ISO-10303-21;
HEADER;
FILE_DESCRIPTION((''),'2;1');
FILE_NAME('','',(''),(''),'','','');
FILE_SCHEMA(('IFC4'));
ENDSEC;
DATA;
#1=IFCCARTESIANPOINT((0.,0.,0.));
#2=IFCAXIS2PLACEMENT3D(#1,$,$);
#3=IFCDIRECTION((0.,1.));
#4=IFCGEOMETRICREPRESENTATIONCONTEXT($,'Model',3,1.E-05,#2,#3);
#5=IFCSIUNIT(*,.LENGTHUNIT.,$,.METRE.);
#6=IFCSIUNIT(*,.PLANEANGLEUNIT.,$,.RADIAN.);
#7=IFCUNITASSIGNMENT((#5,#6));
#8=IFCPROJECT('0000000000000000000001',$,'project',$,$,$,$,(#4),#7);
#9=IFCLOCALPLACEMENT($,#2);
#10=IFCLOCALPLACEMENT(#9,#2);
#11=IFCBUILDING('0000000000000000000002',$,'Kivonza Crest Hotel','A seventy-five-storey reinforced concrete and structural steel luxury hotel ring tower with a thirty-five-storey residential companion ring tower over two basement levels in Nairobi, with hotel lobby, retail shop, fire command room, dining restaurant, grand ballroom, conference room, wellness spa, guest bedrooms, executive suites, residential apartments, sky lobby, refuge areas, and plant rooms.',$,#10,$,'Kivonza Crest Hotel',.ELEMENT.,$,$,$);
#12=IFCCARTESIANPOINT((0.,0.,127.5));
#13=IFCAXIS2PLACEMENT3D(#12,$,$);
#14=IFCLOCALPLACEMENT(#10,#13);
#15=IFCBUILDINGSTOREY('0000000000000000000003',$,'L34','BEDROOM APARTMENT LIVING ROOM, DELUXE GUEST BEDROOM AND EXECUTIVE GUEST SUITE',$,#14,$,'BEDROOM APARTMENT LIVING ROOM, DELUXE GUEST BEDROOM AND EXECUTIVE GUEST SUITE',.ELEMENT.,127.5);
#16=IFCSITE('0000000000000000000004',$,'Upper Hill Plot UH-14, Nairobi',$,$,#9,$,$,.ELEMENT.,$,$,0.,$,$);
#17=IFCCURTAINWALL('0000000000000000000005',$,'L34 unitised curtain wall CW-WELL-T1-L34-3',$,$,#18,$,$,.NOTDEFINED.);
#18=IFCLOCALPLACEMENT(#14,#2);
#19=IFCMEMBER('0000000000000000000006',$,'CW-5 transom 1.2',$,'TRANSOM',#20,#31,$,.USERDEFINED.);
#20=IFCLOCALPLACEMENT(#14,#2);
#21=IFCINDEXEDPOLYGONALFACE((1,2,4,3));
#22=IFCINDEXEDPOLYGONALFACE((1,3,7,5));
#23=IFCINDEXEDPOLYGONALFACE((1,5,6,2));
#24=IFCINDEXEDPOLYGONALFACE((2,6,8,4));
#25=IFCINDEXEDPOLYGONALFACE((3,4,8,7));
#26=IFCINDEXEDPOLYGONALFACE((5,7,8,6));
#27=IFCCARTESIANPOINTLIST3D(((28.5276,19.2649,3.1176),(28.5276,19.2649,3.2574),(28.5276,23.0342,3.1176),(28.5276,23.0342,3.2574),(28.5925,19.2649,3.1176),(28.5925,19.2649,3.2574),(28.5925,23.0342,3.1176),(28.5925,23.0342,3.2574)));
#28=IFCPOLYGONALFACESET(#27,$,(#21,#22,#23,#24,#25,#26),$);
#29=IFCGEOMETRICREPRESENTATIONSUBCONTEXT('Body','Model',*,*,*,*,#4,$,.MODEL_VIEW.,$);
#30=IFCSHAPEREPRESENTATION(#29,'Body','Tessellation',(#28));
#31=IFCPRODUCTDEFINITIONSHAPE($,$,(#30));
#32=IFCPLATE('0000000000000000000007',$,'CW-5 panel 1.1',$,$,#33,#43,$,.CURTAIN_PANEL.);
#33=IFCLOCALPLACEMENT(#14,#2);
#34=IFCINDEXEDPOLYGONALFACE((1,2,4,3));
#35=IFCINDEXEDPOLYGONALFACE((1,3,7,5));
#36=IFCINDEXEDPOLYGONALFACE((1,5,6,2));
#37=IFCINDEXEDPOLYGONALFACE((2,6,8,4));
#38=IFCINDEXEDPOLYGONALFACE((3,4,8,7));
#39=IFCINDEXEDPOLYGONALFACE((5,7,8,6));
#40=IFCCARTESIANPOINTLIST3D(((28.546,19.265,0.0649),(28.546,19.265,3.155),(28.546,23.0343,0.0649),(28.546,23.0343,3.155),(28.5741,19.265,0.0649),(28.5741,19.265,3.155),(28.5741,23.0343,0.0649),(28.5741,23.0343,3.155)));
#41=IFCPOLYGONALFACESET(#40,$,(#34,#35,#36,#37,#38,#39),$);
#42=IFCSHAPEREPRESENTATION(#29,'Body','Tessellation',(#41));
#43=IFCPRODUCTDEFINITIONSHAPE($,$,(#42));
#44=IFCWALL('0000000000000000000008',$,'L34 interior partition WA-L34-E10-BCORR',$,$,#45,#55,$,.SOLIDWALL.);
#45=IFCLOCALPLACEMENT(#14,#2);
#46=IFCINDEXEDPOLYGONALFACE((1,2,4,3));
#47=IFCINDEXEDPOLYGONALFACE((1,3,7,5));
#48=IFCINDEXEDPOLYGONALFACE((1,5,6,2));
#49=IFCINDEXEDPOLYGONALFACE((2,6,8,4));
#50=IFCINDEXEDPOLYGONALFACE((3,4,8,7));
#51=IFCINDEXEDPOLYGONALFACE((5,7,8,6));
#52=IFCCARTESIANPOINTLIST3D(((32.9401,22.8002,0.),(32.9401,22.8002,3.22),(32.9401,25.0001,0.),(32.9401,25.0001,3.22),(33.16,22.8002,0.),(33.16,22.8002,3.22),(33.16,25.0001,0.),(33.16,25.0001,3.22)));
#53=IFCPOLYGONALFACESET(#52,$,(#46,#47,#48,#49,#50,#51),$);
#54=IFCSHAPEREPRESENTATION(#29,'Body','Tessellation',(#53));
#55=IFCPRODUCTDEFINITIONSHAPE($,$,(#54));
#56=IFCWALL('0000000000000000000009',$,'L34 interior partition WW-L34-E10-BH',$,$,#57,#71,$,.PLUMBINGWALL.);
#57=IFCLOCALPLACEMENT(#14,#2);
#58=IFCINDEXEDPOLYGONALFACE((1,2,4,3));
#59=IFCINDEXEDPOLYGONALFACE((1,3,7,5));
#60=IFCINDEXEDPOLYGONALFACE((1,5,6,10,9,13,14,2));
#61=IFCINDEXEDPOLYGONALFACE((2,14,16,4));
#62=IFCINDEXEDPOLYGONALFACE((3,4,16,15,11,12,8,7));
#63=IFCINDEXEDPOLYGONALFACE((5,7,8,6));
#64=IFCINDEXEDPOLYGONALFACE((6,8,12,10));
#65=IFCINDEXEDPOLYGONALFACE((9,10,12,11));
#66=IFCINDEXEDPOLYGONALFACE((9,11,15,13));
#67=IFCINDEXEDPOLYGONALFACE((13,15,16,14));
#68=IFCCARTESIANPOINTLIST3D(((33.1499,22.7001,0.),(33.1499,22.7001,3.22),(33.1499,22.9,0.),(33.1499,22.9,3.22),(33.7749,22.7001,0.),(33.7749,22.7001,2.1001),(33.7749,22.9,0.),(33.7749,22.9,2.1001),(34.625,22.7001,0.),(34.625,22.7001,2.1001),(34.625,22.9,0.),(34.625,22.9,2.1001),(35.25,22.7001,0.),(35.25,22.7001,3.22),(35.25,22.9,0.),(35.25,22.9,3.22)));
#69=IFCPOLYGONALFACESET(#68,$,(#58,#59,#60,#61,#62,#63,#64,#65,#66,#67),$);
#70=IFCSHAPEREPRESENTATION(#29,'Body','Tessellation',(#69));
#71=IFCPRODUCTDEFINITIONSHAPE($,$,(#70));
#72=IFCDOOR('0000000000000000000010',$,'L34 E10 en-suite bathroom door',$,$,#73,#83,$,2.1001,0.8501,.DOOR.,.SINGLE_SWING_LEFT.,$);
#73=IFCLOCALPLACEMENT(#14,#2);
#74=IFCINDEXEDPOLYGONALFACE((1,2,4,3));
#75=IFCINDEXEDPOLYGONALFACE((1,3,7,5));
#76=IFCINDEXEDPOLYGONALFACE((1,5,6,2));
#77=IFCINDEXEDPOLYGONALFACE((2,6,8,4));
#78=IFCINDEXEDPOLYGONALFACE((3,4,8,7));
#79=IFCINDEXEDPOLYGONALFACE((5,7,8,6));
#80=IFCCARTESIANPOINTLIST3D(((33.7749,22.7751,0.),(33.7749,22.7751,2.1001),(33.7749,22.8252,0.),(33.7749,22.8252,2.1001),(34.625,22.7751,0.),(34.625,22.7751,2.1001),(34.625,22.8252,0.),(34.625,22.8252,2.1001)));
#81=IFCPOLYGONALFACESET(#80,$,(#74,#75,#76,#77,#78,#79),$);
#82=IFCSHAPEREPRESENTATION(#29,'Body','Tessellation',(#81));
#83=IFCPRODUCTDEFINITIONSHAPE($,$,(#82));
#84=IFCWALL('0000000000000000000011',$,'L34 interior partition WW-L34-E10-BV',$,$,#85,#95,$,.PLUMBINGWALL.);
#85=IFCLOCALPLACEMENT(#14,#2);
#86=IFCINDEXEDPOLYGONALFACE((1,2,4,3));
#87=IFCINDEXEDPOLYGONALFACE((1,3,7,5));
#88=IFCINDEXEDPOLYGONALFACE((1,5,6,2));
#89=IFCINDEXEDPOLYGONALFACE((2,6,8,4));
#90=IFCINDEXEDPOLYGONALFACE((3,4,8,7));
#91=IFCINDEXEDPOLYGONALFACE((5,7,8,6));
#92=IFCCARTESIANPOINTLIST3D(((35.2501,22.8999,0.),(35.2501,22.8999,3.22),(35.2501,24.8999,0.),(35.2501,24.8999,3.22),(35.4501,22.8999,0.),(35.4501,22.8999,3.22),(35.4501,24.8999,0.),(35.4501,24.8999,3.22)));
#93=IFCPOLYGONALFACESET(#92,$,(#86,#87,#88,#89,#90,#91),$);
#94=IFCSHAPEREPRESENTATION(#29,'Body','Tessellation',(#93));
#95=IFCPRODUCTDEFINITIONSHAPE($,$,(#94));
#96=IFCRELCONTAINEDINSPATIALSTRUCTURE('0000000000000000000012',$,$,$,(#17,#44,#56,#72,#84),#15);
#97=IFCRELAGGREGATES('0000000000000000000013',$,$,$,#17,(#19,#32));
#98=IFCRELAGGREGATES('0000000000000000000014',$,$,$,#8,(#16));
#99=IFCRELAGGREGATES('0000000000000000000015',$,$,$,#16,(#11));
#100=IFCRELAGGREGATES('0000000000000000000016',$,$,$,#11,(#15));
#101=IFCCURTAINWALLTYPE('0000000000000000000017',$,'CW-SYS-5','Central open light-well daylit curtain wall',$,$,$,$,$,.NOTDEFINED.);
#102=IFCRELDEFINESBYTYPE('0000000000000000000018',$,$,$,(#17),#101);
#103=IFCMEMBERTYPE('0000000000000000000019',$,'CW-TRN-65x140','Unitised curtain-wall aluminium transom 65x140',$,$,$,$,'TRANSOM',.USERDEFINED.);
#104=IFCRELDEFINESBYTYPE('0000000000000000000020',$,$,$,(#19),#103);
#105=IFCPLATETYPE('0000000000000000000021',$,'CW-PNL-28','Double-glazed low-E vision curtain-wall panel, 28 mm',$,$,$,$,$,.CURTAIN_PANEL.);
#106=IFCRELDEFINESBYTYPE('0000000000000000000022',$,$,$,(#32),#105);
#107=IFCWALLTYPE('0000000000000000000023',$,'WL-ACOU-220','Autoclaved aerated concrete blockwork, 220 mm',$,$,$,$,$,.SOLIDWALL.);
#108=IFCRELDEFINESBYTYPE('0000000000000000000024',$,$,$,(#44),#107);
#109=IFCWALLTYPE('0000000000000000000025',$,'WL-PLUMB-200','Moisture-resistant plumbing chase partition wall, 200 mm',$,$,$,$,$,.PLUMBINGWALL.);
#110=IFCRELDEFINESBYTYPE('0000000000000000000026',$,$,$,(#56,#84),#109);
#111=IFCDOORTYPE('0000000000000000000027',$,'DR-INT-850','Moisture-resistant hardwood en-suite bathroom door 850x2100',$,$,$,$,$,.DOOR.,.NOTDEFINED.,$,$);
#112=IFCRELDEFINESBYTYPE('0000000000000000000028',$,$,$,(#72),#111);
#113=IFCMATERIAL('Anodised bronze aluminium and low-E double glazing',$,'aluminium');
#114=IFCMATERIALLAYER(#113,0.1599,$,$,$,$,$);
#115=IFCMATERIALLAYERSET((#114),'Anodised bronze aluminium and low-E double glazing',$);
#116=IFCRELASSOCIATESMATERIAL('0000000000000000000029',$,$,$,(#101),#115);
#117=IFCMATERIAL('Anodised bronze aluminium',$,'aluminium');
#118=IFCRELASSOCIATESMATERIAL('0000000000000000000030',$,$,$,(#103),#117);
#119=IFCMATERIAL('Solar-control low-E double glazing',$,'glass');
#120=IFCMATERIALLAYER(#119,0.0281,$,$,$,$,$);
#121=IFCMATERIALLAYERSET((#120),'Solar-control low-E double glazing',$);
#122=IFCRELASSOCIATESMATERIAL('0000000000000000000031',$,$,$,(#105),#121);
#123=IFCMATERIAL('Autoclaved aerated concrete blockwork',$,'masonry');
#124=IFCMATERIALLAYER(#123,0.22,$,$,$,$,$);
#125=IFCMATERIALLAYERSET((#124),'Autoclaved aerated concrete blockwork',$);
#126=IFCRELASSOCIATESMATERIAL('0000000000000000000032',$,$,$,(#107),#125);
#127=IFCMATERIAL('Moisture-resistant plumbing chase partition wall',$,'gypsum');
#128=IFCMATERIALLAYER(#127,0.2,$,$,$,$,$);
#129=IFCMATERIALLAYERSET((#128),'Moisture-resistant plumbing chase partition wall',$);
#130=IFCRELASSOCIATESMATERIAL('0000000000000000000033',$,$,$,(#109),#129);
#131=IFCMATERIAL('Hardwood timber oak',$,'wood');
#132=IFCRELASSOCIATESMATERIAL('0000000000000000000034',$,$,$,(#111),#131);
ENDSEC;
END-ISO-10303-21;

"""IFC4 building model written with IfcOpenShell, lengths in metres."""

from ifc_helpers import new_model, si_unit, direction, frame, frame_2d, origin, origin_2d, place, context, subcontext, project, spatial, rectangle, extrude, material, layer, layer_set, material_profile, profile_set, type_object, element, fill, aggregate, save


model = new_model("IFC4")

# Units and contexts
model_context = context("Model", 3, precision=1e-05, world=origin(), true_north=direction((0.0, 1.0)))
body_context = subcontext(model_context, "Body", "Model", "MODEL_VIEW")
ifc_project = project(units=[si_unit("LENGTHUNIT", "METRE"), si_unit("PLANEANGLEUNIT", "RADIAN")], contexts=[model_context])

# Site, building, storey
site_placement = place(None, origin())
site = spatial("IfcSite", under=ifc_project, at=site_placement, Name="Upper Hill Plot UH-14, Nairobi", CompositionType="ELEMENT", RefElevation=0.0)
building_placement = place(site_placement, origin())
building = spatial("IfcBuilding", under=site, at=building_placement, Name="Kivonza Crest Hotel", Description="A seventy-five-storey reinforced concrete and structural steel luxury hotel ring tower with a thirty-five-storey residential companion ring tower over two basement levels in Nairobi, with hotel lobby, retail shop, fire command room, dining restaurant, grand ballroom, conference room, wellness spa, guest bedrooms, executive suites, residential apartments, sky lobby, refuge areas, and plant rooms.", LongName="Kivonza Crest Hotel", CompositionType="ELEMENT")
storey_placement = place(building_placement, frame((0.0, 0.0, 127.5)))
storey = spatial("IfcBuildingStorey", under=building, at=storey_placement, Name="L34", Description="BEDROOM APARTMENT LIVING ROOM, DELUXE GUEST BEDROOM AND EXECUTIVE GUEST SUITE", LongName="BEDROOM APARTMENT LIVING ROOM, DELUXE GUEST BEDROOM AND EXECUTIVE GUEST SUITE", CompositionType="ELEMENT", Elevation=127.5)

# Curtain wall, member, plate
ifc_material_1 = material(Name="Anodised bronze aluminium and low-E double glazing", Category="aluminium")
ifc_layer_1 = layer(ifc_material_1, 0.1599)
ifc_layer_set_1 = layer_set([ifc_layer_1], Name="Anodised bronze aluminium and low-E double glazing")
curtain_wall_type = type_object("IfcCurtainWallType", Name="CW-SYS-5", Description="Central open light-well daylit curtain wall", PredefinedType="NOTDEFINED", material=ifc_layer_set_1)
curtain_wall_placement = place(storey_placement, origin())
curtain_wall = element("IfcCurtainWall", 1, at=curtain_wall_placement, inside=storey, type_object=curtain_wall_type, Name="L34 unitised curtain wall CW-WELL-T1-L34-3", PredefinedType="NOTDEFINED")
ifc_material_2 = material(Name="Anodised bronze aluminium", Category="aluminium")
ifc_material_profile_1 = material_profile(ifc_material_2, rectangle(XDim=0.0649, YDim=0.1399, at=origin_2d()), Name="CW-T 65x140")
ifc_profile_set_1 = profile_set([ifc_material_profile_1], Name="Anodised bronze aluminium")
member_type_1 = type_object("IfcMemberType", Name="CW-TRN-65x140", Description="Unitised curtain-wall aluminium transom 65x140", ElementType="TRANSOM", PredefinedType="USERDEFINED", material=ifc_profile_set_1)
member_1_placement = place(storey_placement, frame((28.5601, 19.2649, 3.1875), z_axis=(0.0, 1.0, 0.0), x_axis=(-1.0, 0.0, 0.0)))
member_1 = element("IfcMember", 2, at=member_1_placement, type_object=member_type_1, Name="CW-5 transom 1.2", ObjectType="TRANSOM", PredefinedType="USERDEFINED", context=body_context, shape_type="SweptSolid", body=[
    extrude(rectangle(XDim=0.0649, YDim=0.1399, at=origin_2d()), origin(), (0.0, 0.0, 1.0), 3.7693),
])
ifc_material_3 = material(Name="Solar-control low-E double glazing", Category="glass")
ifc_layer_2 = layer(ifc_material_3, 0.0281)
ifc_layer_set_2 = layer_set([ifc_layer_2], Name="Solar-control low-E double glazing")
plate_type = type_object("IfcPlateType", Name="CW-PNL-28", Description="Double-glazed low-E vision curtain-wall panel, 28 mm", PredefinedType="CURTAIN_PANEL", material=ifc_layer_set_2)
plate_placement = place(storey_placement, frame((28.5601, 21.1497, 0.0649), z_axis=(0.0, 0.0, 1.0), x_axis=(0.0, 1.0, 0.0)))
plate = element("IfcPlate", 3, at=plate_placement, type_object=plate_type, Name="CW-5 panel 1.1", PredefinedType="CURTAIN_PANEL", context=body_context, shape_type="SweptSolid", body=[
    extrude(rectangle(XDim=3.7693, YDim=0.0281, at=origin_2d()), origin(), (0.0, 0.0, 1.0), 3.0901),
])
aggregate(curtain_wall, [member_1, plate])

# Wall
ifc_material_4 = material(Name="Autoclaved aerated concrete blockwork", Category="masonry")
ifc_layer_3 = layer(ifc_material_4, 0.22)
ifc_layer_set_3 = layer_set([ifc_layer_3], Name="Autoclaved aerated concrete blockwork")
wall_type_1 = type_object("IfcWallType", Name="WL-ACOU-220", Description="Autoclaved aerated concrete blockwork, 220 mm", PredefinedType="SOLIDWALL", material=ifc_layer_set_3)
wall_1_placement = place(storey_placement, frame((33.05, 22.8, 0.0), z_axis=(0.0, 0.0, 1.0), x_axis=(0.0, 1.0, 0.0)))
element("IfcWall", 4, at=wall_1_placement, inside=storey, type_object=wall_type_1, Name="L34 interior partition WA-L34-E10-BCORR", PredefinedType="SOLIDWALL", context=body_context, shape_type="SweptSolid", body=[
    extrude(rectangle(XDim=2.2, YDim=0.22, at=frame_2d((1.1001, 0.0))), origin(), (0.0, 0.0, 1.0), 3.22),
])

# Wall, opening, door
ifc_material_5 = material(Name="Moisture-resistant plumbing chase partition wall", Category="gypsum")
ifc_layer_4 = layer(ifc_material_5, 0.2)
ifc_layer_set_4 = layer_set([ifc_layer_4], Name="Moisture-resistant plumbing chase partition wall")
wall_type_2 = type_object("IfcWallType", Name="WL-PLUMB-200", Description="Moisture-resistant plumbing chase partition wall, 200 mm", PredefinedType="PLUMBINGWALL", material=ifc_layer_set_4)
wall_2_placement = place(storey_placement, frame((33.1499, 22.8, 0.0), z_axis=(0.0, 0.0, 1.0), x_axis=(1.0, 0.0, 0.0)))
wall_2 = element("IfcWall", 5, at=wall_2_placement, inside=storey, type_object=wall_type_2, Name="L34 interior partition WW-L34-E10-BH", PredefinedType="PLUMBINGWALL", context=body_context, shape_type="SweptSolid", body=[
    extrude(rectangle(XDim=2.1001, YDim=0.2, at=frame_2d((1.05, 0.0))), origin(), (0.0, 0.0, 1.0), 3.22),
])
opening_placement = place(wall_2_placement, frame((0.625, 0.0, 0.0)))
opening = element("IfcOpeningElement", 6, at=opening_placement, cuts=wall_2, PredefinedType="OPENING", context=body_context, shape_type="SweptSolid", body=[
    extrude(rectangle(XDim=0.8501, YDim=2.1001, at=frame_2d((0.425, 1.05))), frame((0.0, 0.1099, 0.0), z_axis=(0.0, -1.0, 0.0), x_axis=(1.0, 0.0, 0.0)), (0.0, 0.0, 1.0), 0.22),
])
ifc_material_6 = material(Name="Hardwood timber oak", Category="wood")
door_type = type_object("IfcDoorType", Name="DR-INT-850", Description="Moisture-resistant hardwood en-suite bathroom door 850x2100", OperationType="NOTDEFINED", PredefinedType="DOOR", material=ifc_material_6)
door_placement = place(opening_placement, frame((0.8501, 0.0, 0.0), z_axis=(0.0, 0.0, 1.0), x_axis=(-1.0, 0.0, 0.0)))
door = element("IfcDoor", 7, at=door_placement, inside=storey, type_object=door_type, Name="L34 E10 en-suite bathroom door", OperationType="SINGLE_SWING_LEFT", OverallHeight=2.1001, OverallWidth=0.8501, PredefinedType="DOOR", context=body_context, shape_type="SweptSolid", body=[
    extrude(rectangle(XDim=0.8501, YDim=2.1001, at=frame_2d((0.425, 1.05))), frame((0.0, 0.0249, 0.0), z_axis=(0.0, -1.0, 0.0), x_axis=(1.0, 0.0, 0.0)), (0.0, 0.0, 1.0), 0.05),
])
fill(opening, door)

# Wall
wall_3_placement = place(storey_placement, frame((35.3501, 22.8999, 0.0), z_axis=(0.0, 0.0, 1.0), x_axis=(0.0, 1.0, 0.0)))
element("IfcWall", 8, at=wall_3_placement, inside=storey, type_object=wall_type_2, Name="L34 interior partition WW-L34-E10-BV", PredefinedType="PLUMBINGWALL", context=body_context, shape_type="SweptSolid", body=[
    extrude(rectangle(XDim=2.0, YDim=0.2, at=frame_2d((1.0, 0.0))), origin(), (0.0, 0.0, 1.0), 3.22),
])

save(model, "model.ifc")
